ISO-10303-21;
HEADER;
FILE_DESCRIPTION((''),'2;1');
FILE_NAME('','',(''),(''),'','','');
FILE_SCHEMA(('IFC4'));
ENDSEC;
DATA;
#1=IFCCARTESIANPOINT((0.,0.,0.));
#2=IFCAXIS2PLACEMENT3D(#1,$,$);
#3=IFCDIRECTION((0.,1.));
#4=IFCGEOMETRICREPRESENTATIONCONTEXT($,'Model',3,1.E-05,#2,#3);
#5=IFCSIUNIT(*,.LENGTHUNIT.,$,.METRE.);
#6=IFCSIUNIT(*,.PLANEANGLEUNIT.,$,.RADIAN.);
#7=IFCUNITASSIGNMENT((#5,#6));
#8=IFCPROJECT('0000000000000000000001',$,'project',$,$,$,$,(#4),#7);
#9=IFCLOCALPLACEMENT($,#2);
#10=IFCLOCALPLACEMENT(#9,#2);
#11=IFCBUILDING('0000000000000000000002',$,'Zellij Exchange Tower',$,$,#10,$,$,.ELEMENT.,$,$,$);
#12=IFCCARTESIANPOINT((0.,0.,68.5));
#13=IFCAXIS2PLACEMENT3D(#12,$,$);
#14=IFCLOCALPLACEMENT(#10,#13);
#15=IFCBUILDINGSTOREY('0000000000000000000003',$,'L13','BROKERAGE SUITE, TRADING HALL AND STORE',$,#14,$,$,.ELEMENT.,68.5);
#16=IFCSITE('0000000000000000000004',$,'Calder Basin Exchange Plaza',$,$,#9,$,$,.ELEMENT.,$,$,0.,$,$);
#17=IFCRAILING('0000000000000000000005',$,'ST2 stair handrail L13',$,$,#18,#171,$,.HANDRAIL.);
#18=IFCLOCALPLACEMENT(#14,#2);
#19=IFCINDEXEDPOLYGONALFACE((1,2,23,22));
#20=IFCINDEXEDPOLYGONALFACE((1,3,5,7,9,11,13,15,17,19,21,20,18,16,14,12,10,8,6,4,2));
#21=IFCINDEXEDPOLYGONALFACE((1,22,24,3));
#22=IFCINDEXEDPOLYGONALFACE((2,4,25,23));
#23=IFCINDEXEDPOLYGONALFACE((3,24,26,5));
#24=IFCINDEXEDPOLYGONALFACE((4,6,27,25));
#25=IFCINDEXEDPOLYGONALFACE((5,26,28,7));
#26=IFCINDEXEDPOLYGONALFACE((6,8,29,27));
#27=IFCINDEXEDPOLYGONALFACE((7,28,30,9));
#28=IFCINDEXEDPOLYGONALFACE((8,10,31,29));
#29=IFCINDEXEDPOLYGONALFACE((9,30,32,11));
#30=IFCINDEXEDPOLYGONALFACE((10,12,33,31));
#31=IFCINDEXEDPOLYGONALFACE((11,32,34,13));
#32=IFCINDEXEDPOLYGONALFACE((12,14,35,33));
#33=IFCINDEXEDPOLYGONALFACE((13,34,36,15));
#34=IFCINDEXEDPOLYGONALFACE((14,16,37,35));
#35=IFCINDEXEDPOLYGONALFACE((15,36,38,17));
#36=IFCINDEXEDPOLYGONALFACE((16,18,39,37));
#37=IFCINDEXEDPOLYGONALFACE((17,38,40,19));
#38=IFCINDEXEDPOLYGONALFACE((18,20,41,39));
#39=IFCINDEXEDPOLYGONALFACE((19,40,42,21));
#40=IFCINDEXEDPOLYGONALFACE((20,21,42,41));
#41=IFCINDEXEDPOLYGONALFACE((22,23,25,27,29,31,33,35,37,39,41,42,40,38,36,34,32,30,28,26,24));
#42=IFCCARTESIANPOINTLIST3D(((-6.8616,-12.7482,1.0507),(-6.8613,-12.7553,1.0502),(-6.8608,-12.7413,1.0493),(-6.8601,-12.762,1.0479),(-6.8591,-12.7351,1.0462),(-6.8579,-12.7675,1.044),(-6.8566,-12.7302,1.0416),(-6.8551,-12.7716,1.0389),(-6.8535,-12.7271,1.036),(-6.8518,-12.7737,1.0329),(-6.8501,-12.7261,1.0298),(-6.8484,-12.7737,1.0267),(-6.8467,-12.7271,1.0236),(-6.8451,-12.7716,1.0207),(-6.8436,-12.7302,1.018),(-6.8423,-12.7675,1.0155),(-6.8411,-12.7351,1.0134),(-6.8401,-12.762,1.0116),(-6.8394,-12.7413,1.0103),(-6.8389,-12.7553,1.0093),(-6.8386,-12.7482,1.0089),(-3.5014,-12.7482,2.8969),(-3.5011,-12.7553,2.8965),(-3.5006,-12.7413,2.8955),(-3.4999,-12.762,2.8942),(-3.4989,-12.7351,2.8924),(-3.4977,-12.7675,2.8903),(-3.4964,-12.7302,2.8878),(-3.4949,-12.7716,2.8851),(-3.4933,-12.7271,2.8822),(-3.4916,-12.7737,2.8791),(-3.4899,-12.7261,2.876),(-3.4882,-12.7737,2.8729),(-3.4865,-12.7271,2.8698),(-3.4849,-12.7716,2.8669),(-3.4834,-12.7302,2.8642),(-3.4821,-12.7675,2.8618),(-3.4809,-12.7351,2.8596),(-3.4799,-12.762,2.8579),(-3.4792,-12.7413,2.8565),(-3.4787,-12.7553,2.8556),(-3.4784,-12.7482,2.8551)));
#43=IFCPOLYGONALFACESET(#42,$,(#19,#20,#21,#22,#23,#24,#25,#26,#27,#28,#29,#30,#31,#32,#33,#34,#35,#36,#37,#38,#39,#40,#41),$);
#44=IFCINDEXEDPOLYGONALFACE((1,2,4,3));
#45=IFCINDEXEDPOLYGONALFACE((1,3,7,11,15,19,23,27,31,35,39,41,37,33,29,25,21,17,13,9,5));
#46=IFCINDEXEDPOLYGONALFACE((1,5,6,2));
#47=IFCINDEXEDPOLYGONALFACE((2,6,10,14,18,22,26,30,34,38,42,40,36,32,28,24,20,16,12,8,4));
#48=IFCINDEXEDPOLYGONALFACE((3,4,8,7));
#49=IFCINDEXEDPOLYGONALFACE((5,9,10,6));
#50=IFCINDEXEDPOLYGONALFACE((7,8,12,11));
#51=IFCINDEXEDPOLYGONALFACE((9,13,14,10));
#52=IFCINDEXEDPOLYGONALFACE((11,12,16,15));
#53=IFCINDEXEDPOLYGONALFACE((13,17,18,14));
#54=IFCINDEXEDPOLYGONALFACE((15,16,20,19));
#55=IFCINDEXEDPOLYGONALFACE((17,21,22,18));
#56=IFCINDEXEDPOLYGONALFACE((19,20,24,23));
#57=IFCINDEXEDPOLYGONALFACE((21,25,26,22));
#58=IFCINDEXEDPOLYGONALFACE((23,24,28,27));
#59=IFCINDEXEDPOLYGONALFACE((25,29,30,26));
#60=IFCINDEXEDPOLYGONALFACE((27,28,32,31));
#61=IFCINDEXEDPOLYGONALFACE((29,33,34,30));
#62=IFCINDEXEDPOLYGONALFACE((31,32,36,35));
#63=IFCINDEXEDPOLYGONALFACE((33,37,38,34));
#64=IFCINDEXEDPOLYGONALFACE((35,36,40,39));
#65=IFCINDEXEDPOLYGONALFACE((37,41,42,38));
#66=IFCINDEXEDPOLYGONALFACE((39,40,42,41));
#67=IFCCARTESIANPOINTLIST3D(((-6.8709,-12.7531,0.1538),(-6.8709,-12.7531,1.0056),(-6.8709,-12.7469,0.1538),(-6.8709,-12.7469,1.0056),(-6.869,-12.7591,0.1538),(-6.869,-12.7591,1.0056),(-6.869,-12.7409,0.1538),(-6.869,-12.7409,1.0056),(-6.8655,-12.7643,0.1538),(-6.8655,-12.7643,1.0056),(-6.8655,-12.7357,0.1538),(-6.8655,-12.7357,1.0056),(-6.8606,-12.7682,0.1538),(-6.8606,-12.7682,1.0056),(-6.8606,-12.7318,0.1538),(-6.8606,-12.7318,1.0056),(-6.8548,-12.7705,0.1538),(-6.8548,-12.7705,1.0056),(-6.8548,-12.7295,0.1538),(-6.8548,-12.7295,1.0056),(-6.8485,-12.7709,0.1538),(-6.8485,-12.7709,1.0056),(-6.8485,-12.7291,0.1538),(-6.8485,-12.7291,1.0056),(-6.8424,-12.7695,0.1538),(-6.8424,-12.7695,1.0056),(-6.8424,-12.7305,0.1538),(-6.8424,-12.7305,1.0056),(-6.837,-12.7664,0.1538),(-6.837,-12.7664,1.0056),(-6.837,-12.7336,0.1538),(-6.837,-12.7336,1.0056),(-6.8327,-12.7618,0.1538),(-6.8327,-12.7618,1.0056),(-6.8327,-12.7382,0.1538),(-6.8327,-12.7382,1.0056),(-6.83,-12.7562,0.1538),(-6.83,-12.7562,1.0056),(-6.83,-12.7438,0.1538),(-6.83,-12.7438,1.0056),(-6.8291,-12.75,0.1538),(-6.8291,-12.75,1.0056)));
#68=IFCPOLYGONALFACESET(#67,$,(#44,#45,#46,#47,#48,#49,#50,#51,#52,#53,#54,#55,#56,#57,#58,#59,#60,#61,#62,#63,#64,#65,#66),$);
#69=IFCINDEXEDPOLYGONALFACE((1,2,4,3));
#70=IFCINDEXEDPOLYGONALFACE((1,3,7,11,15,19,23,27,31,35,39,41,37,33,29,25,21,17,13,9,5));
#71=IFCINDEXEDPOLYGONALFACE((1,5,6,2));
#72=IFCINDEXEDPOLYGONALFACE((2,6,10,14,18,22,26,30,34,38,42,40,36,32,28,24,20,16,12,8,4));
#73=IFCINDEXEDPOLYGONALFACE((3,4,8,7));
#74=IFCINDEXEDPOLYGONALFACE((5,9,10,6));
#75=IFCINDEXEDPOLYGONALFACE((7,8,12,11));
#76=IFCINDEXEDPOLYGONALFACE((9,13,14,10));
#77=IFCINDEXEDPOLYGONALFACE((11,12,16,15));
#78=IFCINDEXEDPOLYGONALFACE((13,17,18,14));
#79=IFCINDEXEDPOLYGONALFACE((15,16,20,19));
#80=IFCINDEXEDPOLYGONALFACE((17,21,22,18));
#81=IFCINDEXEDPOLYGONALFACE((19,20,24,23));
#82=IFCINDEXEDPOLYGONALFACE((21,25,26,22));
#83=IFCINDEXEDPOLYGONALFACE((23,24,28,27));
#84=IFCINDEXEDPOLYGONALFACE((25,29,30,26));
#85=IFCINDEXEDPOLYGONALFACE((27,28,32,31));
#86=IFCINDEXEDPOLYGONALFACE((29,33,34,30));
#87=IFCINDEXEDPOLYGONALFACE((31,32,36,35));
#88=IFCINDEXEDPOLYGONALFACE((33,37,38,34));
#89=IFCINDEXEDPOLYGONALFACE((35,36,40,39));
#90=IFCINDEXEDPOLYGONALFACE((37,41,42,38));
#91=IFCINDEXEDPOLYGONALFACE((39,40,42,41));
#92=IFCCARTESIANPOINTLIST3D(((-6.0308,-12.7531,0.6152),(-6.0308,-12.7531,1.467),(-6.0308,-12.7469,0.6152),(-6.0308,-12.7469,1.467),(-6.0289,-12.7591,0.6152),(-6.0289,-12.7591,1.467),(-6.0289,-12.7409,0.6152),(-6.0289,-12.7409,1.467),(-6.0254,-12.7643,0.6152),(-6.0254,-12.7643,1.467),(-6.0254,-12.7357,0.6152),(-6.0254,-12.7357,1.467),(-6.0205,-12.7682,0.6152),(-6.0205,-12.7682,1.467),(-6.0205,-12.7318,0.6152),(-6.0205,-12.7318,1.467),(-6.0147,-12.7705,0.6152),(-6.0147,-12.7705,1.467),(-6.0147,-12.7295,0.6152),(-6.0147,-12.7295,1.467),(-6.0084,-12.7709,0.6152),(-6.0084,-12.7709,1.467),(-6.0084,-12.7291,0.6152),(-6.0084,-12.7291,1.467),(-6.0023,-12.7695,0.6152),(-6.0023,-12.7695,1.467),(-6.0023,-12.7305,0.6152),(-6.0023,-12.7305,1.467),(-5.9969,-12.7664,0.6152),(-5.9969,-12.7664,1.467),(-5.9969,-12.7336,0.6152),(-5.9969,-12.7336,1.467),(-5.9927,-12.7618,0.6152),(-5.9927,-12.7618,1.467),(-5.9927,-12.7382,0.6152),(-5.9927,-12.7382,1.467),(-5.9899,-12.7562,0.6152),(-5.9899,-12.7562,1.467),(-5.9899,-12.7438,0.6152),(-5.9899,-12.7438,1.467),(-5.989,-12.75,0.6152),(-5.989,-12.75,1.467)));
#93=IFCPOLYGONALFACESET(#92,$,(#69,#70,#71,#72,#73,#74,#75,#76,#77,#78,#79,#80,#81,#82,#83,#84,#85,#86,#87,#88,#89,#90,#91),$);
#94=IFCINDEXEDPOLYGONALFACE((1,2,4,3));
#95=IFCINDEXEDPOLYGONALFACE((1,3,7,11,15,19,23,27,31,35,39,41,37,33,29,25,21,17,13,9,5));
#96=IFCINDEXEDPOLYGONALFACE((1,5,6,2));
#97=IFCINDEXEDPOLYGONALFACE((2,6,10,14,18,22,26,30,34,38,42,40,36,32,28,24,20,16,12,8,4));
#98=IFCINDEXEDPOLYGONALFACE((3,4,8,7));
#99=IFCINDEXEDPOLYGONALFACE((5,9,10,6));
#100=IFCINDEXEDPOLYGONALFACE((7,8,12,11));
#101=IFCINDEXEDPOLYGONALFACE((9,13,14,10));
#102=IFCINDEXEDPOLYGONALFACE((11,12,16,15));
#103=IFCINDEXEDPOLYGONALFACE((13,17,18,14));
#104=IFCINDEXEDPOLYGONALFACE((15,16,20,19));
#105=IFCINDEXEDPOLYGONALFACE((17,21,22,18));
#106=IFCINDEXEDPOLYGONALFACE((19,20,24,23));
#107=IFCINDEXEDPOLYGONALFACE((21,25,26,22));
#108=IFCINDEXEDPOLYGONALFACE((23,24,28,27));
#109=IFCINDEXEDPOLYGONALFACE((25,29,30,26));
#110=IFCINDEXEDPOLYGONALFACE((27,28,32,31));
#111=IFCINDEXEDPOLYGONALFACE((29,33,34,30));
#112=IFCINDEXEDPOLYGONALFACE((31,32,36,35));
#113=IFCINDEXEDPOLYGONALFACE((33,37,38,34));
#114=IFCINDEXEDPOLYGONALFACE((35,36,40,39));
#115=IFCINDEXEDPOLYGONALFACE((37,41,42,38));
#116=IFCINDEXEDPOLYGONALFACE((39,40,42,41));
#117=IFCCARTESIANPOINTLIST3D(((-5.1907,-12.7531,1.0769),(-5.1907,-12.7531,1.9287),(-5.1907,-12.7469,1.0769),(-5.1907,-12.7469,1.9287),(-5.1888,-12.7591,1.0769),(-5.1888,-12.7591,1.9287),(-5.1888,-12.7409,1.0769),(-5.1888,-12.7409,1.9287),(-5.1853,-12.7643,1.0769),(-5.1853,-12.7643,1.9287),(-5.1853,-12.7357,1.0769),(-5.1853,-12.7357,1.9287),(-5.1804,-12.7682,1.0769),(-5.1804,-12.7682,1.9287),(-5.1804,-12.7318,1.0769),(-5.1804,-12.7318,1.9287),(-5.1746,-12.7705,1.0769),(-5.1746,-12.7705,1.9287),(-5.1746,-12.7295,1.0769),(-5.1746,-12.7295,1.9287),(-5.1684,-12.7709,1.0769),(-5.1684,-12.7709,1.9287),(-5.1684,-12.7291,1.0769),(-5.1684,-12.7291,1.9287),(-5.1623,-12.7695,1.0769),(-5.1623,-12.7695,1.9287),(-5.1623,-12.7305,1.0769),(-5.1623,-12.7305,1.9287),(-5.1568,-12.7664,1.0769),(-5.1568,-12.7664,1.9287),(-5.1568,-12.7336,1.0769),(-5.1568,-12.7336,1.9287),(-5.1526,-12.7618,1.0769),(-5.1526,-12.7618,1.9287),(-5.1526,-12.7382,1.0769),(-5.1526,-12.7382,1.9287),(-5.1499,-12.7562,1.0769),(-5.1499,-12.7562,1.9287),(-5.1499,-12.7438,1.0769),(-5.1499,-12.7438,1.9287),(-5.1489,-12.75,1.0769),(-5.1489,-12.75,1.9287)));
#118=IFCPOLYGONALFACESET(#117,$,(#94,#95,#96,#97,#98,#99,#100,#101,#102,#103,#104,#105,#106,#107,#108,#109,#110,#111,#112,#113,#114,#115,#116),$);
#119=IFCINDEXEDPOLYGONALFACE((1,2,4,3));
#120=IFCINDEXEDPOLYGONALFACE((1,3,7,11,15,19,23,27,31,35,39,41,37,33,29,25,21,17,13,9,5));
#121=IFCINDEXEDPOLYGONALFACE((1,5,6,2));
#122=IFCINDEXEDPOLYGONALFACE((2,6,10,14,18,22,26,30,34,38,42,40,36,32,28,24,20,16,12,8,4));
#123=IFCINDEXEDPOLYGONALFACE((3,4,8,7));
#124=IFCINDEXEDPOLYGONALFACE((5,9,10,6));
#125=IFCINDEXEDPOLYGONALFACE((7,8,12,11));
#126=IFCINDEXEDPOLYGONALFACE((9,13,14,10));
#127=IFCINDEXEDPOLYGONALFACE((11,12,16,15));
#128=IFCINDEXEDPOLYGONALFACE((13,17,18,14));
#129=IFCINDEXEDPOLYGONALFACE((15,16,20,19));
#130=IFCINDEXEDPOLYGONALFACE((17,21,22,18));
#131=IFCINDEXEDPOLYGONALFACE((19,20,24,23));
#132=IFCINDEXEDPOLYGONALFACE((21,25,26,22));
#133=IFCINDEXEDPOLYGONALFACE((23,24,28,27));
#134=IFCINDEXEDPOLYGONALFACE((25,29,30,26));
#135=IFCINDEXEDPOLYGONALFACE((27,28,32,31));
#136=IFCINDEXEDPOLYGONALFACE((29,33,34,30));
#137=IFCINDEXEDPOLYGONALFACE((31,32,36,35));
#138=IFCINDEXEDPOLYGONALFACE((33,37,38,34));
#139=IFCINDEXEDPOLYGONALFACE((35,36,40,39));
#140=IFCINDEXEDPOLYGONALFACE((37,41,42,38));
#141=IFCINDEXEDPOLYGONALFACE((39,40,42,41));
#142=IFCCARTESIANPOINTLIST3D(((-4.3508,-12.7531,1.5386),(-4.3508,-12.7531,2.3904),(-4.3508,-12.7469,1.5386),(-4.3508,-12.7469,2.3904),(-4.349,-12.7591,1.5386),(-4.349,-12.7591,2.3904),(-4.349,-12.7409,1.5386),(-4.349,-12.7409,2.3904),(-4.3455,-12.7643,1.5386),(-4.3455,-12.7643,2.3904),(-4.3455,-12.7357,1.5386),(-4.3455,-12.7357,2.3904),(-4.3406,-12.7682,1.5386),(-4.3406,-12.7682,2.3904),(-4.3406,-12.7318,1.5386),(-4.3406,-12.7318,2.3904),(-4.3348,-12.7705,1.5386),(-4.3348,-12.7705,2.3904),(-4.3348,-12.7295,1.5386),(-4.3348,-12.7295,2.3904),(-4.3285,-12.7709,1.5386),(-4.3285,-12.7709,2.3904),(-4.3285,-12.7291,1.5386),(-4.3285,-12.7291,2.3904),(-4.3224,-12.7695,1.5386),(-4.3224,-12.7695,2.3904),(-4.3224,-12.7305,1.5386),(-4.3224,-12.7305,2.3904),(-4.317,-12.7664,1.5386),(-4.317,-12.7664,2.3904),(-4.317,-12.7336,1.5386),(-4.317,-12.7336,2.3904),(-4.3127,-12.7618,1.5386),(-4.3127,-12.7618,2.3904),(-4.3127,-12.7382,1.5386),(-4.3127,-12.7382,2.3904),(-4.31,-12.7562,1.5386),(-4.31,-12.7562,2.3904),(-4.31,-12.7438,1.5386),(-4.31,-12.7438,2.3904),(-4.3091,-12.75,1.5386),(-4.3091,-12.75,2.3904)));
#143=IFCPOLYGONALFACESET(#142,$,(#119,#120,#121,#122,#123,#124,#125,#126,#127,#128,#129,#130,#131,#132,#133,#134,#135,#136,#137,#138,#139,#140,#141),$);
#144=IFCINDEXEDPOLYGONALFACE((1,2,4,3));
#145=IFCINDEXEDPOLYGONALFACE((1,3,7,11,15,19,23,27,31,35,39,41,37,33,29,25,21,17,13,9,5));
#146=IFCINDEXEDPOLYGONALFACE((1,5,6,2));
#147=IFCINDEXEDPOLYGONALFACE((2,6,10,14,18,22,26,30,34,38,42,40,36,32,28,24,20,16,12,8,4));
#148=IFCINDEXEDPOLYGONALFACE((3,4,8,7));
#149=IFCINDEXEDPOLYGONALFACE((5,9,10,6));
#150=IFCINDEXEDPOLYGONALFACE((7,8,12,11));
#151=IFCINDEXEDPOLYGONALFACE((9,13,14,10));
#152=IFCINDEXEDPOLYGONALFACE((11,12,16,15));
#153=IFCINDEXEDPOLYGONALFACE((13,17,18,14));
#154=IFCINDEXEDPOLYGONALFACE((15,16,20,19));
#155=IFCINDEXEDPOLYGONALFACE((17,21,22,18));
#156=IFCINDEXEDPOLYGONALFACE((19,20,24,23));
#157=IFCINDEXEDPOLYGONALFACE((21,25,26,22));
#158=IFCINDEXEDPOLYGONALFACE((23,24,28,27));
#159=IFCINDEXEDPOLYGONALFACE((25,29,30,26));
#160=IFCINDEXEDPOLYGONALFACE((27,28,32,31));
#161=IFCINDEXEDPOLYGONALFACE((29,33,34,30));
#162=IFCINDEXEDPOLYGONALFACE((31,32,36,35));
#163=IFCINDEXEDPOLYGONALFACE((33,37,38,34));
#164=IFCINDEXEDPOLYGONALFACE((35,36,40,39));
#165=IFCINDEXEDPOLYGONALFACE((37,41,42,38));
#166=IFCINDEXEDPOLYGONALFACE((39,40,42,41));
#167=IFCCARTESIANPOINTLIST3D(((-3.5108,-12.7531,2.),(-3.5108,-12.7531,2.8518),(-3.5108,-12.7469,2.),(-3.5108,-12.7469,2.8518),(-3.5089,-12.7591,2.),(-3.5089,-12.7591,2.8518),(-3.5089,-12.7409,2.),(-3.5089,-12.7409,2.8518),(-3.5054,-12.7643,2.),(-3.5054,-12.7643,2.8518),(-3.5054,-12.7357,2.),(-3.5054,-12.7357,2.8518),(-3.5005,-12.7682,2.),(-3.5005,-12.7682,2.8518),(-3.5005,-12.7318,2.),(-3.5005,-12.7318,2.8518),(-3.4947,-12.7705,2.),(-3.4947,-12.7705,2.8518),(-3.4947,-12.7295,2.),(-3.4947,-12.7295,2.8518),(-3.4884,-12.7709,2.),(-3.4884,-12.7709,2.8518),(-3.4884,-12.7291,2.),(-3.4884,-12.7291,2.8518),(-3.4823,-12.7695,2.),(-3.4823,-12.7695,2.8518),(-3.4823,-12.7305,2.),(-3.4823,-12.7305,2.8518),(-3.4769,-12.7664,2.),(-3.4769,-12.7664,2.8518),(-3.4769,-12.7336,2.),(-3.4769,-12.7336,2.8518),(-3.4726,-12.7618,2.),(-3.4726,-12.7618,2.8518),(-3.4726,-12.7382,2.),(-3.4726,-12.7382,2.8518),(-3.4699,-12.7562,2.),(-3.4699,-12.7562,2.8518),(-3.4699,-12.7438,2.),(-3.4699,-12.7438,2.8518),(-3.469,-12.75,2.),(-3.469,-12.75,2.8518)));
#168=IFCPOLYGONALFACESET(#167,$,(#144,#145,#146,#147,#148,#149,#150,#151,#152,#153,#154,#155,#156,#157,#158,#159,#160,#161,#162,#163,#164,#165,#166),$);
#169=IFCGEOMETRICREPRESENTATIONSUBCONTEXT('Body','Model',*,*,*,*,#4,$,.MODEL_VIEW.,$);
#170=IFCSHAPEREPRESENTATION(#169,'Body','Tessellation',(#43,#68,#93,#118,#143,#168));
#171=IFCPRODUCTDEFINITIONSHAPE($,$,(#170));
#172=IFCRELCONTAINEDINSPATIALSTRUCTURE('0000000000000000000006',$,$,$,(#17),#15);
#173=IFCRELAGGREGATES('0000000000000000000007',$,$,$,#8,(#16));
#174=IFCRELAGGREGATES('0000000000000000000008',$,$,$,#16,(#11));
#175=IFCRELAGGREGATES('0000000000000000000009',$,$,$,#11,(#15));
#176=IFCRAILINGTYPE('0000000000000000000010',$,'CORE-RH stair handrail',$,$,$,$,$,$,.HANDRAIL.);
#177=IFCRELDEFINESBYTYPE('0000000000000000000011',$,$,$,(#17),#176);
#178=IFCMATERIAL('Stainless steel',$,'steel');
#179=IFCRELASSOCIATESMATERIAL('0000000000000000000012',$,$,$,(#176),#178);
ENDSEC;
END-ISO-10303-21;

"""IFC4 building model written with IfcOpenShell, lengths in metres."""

from ifc_helpers import new_model, si_unit, direction, frame, origin, origin_2d, place, context, subcontext, project, spatial, circle, extrude, material, type_object, element, save


model = new_model("IFC4")

# Units and contexts
model_context = context("Model", 3, precision=1e-05, world=origin(), true_north=direction((0.0, 1.0)))
body_context = subcontext(model_context, "Body", "Model", "MODEL_VIEW")
ifc_project = project(units=[si_unit("LENGTHUNIT", "METRE"), si_unit("PLANEANGLEUNIT", "RADIAN")], contexts=[model_context])

# Site, building, storey
site_placement = place(None, origin())
site = spatial("IfcSite", under=ifc_project, at=site_placement, Name="Calder Basin Exchange Plaza", CompositionType="ELEMENT", RefElevation=0.0)
building_placement = place(site_placement, origin())
building = spatial("IfcBuilding", under=site, at=building_placement, Name="Zellij Exchange Tower", CompositionType="ELEMENT")
storey_placement = place(building_placement, frame((0.0, 0.0, 68.5)))
storey = spatial("IfcBuildingStorey", under=building, at=storey_placement, Name="L13", Description="BROKERAGE SUITE, TRADING HALL AND STORE", CompositionType="ELEMENT", Elevation=68.5)

# Railing
ifc_material_1 = material(Name="Stainless steel", Category="steel")
railing_type_1 = type_object("IfcRailingType", Name="CORE-RH stair handrail", PredefinedType="HANDRAIL", material=ifc_material_1)
railing_1_placement = place(storey_placement, frame((-6.8501, -12.75, 0.1538)))
element("IfcRailing", 1, at=railing_1_placement, inside=storey, type_object=railing_type_1, Name="ST2 stair handrail L13", PredefinedType="HANDRAIL", context=body_context, shape_type="SweptSolid", body=[
    extrude(circle(Radius=0.0239, at=origin_2d()), frame((0.0, 0.0, 0.876), z_axis=(0.876422, 0.0, 0.481545), x_axis=(0.0, 1.0, 0.0)), (0.0, 0.0, 1.0), 3.834),
    extrude(circle(Radius=0.021, at=origin_2d()), origin(), (0.0, 0.0, 1.0), 0.8518),
    extrude(circle(Radius=0.021, at=origin_2d()), frame((0.8401, 0.0, 0.4614)), (0.0, 0.0, 1.0), 0.8518),
    extrude(circle(Radius=0.021, at=origin_2d()), frame((1.6802, 0.0, 0.9231)), (0.0, 0.0, 1.0), 0.8518),
    extrude(circle(Radius=0.021, at=origin_2d()), frame((2.52, 0.0, 1.3848)), (0.0, 0.0, 1.0), 0.8518),
    extrude(circle(Radius=0.021, at=origin_2d()), frame((3.3601, 0.0, 1.8462)), (0.0, 0.0, 1.0), 0.8518),
])

save(model, "model.ifc")
